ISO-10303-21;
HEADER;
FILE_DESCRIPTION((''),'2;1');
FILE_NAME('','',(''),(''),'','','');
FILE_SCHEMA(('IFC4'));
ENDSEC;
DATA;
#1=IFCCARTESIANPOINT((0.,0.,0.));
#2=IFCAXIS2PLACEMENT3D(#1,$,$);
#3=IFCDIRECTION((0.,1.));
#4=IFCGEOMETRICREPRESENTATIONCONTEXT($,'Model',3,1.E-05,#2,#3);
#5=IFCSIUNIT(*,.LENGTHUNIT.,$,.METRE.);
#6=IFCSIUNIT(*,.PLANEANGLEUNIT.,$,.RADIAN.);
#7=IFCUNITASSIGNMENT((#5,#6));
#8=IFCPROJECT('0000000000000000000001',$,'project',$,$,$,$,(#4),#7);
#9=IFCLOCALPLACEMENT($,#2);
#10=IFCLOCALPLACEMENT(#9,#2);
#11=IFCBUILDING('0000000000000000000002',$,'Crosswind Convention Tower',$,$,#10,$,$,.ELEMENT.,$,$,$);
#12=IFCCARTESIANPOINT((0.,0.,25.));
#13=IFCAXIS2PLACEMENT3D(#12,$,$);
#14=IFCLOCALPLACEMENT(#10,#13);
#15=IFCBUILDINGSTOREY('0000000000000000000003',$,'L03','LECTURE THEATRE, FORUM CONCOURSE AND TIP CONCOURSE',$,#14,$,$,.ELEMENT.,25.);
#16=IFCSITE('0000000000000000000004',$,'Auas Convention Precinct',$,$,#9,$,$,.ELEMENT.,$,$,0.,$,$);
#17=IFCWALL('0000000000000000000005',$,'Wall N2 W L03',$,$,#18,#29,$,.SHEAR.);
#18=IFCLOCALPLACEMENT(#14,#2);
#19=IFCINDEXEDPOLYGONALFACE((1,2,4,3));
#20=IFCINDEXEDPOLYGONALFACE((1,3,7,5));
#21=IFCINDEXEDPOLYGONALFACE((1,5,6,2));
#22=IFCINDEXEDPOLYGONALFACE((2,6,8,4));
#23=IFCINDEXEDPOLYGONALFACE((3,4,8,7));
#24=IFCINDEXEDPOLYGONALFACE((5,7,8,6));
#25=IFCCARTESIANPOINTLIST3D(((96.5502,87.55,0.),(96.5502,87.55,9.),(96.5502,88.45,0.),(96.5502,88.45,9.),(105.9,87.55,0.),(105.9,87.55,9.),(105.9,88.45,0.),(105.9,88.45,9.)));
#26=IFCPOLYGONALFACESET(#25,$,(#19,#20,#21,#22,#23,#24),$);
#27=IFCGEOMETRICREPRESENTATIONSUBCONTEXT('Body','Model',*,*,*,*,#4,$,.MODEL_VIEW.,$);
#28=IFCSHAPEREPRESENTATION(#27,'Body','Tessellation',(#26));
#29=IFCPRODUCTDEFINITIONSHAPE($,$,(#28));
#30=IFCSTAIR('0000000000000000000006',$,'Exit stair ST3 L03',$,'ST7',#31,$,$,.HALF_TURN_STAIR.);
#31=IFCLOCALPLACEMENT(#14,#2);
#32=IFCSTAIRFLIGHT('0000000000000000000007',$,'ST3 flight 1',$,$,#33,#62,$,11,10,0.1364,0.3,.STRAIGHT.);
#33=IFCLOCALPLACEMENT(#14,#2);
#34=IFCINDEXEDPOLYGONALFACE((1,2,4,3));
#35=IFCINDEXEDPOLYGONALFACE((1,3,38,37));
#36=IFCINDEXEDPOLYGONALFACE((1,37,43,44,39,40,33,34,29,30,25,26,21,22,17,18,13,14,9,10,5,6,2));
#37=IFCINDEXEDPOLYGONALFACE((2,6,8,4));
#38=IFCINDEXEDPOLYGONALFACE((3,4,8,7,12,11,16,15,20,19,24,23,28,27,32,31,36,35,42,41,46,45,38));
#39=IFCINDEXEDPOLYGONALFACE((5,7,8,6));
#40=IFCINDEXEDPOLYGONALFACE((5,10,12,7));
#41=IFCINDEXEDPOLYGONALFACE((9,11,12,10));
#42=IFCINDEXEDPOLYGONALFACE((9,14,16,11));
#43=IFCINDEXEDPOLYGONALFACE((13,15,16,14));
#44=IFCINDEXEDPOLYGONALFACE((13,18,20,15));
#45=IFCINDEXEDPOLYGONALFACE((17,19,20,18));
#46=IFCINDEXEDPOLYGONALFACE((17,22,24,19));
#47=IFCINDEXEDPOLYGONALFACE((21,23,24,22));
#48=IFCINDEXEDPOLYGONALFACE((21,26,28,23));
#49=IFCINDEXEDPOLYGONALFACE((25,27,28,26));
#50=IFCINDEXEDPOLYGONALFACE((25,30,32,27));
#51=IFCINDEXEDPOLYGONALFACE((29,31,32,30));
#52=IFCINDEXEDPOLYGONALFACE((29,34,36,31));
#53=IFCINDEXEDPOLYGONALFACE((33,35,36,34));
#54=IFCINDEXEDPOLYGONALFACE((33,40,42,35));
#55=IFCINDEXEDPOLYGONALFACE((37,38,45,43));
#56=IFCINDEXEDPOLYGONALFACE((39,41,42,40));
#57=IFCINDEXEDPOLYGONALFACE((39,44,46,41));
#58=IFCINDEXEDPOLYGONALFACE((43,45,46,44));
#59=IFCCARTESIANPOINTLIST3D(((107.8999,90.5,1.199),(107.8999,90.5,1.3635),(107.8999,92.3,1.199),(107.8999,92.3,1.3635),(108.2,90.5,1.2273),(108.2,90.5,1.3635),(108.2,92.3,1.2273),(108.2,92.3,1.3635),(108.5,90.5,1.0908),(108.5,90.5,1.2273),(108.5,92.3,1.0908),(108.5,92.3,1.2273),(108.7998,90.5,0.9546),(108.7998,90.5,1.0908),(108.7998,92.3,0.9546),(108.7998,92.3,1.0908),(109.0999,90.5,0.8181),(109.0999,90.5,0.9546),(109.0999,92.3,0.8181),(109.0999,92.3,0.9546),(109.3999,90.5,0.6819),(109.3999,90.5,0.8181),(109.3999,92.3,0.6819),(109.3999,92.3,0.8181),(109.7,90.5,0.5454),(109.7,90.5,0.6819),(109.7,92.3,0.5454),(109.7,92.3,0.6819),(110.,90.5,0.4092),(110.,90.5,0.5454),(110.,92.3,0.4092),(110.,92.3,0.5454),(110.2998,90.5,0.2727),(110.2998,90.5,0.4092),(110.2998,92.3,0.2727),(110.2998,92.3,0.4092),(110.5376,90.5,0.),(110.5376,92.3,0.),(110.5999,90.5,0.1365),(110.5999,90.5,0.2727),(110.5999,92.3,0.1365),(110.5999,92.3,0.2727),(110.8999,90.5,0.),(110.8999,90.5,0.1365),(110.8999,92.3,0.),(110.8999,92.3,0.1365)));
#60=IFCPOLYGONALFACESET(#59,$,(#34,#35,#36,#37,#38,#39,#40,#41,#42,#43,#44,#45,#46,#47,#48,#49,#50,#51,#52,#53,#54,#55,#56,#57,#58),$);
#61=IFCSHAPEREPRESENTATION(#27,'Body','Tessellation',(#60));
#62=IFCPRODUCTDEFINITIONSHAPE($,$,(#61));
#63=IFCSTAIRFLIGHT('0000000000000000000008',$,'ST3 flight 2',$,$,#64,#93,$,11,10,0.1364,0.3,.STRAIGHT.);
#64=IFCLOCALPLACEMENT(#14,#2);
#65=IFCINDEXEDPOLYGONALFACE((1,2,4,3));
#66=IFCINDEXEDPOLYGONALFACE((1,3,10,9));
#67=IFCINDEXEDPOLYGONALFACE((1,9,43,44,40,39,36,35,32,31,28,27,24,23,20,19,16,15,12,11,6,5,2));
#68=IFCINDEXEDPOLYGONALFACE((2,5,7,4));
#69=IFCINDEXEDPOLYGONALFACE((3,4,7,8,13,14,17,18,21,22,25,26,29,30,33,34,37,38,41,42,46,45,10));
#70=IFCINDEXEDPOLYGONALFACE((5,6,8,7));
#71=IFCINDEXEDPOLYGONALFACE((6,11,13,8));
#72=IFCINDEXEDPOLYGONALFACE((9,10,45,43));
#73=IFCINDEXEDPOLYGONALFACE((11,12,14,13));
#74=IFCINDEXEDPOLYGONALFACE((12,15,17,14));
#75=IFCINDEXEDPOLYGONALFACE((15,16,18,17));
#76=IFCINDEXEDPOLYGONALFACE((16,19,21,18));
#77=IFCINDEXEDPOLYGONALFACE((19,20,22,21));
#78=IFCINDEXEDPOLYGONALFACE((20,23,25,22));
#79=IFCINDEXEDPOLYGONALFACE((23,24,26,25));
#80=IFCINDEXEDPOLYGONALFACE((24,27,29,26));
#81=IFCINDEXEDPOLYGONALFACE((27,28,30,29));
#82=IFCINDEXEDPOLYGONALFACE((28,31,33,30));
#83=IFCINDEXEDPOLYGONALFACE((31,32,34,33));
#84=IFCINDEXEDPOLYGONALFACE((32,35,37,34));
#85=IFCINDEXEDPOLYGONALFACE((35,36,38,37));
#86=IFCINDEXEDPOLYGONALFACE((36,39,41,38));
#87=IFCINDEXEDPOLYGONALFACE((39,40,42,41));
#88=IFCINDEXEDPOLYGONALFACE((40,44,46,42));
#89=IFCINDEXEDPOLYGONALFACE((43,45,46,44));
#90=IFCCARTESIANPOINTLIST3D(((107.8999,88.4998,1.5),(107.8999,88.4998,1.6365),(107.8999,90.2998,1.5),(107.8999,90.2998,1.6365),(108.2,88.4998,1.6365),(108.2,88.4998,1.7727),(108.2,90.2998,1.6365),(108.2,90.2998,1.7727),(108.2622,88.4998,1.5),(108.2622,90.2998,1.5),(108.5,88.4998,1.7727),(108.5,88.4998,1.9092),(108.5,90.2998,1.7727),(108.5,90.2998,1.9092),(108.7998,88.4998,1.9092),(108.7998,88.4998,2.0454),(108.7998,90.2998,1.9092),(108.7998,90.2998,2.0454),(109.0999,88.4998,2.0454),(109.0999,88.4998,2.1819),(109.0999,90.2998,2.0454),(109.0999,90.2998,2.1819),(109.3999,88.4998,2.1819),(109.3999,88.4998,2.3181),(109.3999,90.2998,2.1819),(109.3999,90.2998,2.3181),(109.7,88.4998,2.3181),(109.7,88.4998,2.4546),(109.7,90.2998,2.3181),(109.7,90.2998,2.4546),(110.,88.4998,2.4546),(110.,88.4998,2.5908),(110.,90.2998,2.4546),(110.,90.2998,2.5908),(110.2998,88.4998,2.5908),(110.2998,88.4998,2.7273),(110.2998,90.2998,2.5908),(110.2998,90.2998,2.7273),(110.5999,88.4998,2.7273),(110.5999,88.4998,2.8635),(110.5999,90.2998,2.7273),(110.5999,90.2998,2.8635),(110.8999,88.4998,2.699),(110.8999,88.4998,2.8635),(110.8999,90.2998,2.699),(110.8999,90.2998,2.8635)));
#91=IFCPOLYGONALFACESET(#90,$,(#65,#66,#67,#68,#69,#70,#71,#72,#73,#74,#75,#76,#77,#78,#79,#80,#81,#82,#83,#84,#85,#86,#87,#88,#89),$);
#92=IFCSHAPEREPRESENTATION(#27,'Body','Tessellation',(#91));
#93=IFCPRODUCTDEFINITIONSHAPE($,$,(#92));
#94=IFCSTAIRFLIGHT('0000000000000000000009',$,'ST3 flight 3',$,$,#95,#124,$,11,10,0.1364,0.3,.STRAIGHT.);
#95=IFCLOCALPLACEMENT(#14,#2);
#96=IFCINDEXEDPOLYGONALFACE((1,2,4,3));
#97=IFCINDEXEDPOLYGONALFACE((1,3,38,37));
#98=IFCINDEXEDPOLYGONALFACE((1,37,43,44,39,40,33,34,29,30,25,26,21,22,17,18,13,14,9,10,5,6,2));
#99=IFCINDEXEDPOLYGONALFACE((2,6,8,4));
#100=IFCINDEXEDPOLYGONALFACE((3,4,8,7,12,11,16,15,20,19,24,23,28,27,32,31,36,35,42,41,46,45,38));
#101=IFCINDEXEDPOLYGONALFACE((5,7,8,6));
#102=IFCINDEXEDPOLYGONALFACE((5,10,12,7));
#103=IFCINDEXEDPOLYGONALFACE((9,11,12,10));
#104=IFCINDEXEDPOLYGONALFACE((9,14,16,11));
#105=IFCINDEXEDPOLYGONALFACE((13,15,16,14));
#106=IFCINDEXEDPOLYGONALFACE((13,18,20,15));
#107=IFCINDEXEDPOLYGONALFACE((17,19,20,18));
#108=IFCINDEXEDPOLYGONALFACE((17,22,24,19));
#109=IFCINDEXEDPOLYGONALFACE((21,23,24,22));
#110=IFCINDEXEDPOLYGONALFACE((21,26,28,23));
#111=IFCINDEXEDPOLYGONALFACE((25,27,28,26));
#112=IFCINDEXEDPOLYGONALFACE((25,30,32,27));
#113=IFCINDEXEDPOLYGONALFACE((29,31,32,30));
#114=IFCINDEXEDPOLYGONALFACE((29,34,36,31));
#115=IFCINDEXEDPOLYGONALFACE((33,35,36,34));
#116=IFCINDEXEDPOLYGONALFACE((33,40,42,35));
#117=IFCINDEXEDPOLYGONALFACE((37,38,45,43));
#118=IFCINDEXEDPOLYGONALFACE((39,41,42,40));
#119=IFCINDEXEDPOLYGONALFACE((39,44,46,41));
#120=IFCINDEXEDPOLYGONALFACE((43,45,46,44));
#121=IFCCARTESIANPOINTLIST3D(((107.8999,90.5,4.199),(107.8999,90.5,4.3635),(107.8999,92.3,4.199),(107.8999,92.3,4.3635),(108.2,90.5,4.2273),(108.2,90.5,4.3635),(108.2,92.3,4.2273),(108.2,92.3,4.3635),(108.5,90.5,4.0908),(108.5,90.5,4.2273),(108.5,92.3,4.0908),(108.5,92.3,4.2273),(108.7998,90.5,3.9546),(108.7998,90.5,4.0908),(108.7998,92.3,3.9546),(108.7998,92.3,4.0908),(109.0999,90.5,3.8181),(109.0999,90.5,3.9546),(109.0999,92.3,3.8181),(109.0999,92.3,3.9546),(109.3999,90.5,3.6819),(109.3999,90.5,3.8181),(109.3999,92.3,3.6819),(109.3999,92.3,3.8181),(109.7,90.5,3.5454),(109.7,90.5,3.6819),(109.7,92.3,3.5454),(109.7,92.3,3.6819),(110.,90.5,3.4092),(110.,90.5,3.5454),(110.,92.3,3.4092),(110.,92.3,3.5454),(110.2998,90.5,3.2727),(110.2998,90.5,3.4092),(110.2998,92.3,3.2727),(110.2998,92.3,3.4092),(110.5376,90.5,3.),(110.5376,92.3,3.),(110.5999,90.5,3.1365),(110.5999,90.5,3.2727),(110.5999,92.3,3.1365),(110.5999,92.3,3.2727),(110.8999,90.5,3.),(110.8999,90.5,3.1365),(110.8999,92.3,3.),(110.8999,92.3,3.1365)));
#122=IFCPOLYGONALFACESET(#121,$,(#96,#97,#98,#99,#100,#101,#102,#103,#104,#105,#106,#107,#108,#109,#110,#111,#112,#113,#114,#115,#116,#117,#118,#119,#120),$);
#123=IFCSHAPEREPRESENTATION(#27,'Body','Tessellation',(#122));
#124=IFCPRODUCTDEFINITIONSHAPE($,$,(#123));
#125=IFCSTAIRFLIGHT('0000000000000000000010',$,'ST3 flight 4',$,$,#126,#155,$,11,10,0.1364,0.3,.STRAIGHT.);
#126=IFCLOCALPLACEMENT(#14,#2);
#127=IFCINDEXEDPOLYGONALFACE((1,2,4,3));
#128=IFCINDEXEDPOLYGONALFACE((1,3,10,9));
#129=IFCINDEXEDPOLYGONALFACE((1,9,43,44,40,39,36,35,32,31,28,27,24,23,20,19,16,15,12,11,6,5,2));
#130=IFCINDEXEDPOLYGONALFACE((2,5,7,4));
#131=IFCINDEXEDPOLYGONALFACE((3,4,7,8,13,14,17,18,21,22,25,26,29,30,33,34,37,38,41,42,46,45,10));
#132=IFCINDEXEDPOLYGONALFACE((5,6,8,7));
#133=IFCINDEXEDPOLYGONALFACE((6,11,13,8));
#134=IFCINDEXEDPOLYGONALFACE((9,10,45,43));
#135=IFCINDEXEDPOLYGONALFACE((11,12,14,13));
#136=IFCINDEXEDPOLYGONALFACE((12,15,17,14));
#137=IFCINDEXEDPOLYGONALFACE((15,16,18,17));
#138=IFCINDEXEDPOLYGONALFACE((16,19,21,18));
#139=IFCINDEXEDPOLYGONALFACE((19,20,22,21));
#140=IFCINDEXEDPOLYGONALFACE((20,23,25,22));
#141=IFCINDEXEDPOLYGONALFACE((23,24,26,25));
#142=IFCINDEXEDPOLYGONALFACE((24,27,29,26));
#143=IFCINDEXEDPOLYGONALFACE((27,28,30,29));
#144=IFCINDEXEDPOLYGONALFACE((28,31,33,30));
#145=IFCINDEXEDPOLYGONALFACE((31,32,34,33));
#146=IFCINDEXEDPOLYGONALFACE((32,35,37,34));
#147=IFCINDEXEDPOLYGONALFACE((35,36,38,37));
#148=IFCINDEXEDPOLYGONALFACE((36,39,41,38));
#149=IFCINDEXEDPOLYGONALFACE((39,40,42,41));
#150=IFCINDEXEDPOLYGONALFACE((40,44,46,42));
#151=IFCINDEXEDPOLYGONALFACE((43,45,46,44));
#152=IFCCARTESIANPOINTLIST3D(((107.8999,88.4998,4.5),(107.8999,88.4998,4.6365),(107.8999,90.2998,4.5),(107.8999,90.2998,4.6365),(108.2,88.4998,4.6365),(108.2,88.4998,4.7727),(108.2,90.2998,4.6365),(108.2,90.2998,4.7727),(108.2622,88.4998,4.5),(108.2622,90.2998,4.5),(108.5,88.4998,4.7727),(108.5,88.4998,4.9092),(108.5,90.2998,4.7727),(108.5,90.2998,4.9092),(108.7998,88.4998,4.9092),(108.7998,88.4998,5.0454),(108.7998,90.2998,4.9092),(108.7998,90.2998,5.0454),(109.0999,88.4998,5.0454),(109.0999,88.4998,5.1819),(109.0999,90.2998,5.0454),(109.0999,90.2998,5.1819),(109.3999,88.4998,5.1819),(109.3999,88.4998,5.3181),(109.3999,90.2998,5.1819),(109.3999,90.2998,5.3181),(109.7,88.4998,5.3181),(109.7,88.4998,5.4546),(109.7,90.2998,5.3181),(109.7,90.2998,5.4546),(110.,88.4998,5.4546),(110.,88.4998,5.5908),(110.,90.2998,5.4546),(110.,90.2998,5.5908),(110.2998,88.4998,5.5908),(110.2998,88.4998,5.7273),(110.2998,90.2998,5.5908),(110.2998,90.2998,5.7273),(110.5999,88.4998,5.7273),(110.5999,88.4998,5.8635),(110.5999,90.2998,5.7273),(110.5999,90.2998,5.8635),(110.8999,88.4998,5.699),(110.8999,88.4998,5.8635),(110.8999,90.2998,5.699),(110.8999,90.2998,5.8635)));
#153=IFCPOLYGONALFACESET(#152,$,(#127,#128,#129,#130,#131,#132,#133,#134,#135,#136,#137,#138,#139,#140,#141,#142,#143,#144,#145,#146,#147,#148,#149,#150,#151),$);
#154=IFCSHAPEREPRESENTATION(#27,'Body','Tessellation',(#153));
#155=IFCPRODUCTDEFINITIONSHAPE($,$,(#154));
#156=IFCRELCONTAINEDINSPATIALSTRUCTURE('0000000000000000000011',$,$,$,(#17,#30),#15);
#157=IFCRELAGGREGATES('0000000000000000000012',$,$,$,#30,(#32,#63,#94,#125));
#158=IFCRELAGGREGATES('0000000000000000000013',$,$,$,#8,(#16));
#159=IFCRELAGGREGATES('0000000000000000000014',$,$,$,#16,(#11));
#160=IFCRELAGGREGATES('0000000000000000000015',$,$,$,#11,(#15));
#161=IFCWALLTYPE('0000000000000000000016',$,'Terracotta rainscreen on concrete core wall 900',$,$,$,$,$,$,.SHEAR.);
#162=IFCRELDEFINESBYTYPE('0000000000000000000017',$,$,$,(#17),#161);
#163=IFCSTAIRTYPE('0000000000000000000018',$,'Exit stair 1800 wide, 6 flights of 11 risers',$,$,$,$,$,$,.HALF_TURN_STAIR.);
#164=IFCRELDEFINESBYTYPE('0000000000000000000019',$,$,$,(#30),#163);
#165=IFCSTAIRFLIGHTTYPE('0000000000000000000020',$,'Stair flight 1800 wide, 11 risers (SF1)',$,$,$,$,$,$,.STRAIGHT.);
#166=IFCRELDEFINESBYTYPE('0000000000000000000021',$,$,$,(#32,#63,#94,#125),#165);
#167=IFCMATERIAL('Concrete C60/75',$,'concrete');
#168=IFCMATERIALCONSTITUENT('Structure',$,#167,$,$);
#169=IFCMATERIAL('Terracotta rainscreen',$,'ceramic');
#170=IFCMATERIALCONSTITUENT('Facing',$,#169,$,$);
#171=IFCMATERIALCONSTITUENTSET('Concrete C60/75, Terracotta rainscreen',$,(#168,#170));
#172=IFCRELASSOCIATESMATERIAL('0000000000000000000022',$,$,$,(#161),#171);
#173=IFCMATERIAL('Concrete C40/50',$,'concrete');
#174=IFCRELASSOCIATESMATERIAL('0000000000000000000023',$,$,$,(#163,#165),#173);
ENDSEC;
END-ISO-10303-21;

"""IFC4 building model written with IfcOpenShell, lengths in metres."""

from ifc_helpers import new_model, si_unit, direction, frame, frame_2d, origin, place, context, subcontext, project, spatial, polyline, rectangle, outline, extrude, material, constituent, constituent_set, type_object, element, aggregate, save


model = new_model("IFC4")

# Units and contexts
model_context = context("Model", 3, precision=1e-05, world=origin(), true_north=direction((0.0, 1.0)))
body_context = subcontext(model_context, "Body", "Model", "MODEL_VIEW")
ifc_project = project(units=[si_unit("LENGTHUNIT", "METRE"), si_unit("PLANEANGLEUNIT", "RADIAN")], contexts=[model_context])

# Site, building, storey
site_placement = place(None, origin())
site = spatial("IfcSite", under=ifc_project, at=site_placement, Name="Auas Convention Precinct", CompositionType="ELEMENT", RefElevation=0.0)
building_placement = place(site_placement, origin())
building = spatial("IfcBuilding", under=site, at=building_placement, Name="Crosswind Convention Tower", CompositionType="ELEMENT")
storey_placement = place(building_placement, frame((0.0, 0.0, 25.0)))
storey = spatial("IfcBuildingStorey", under=building, at=storey_placement, Name="L03", Description="LECTURE THEATRE, FORUM CONCOURSE AND TIP CONCOURSE", CompositionType="ELEMENT", Elevation=25.0)

# Wall
ifc_material_1 = material(Name="Concrete C60/75", Category="concrete")
ifc_constituent_1 = constituent(ifc_material_1, Name="Structure")
ifc_material_2 = material(Name="Terracotta rainscreen", Category="ceramic")
ifc_constituent_2 = constituent(ifc_material_2, Name="Facing")
ifc_constituent_set = constituent_set(constituents=[ifc_constituent_1, ifc_constituent_2], Name="Concrete C60/75, Terracotta rainscreen")
wall_type_1 = type_object("IfcWallType", Name="Terracotta rainscreen on concrete core wall 900", PredefinedType="SHEAR", material=ifc_constituent_set)
wall_1_placement = place(storey_placement, frame((105.8999, 88.0, 0.0), z_axis=(0.0, 0.0, 1.0), x_axis=(-1.0, 0.0, 0.0)))
element("IfcWall", 1, at=wall_1_placement, inside=storey, type_object=wall_type_1, Name="Wall N2 W L03", PredefinedType="SHEAR", context=body_context, shape_type="SweptSolid", body=[
    extrude(rectangle(XDim=9.3499, YDim=0.8999, at=frame_2d((4.6748, 0.0))), origin(), (0.0, 0.0, 1.0), 9.0),
])

# Stair, stair flights
ifc_material_3 = material(Name="Concrete C40/50", Category="concrete")
stair_type = type_object("IfcStairType", Name="Exit stair 1800 wide, 6 flights of 11 risers", PredefinedType="HALF_TURN_STAIR", material=ifc_material_3)
stair_placement = place(storey_placement, origin())
stair = element("IfcStair", 2, at=stair_placement, inside=storey, type_object=stair_type, Name="Exit stair ST3 L03", ObjectType="ST7", PredefinedType="HALF_TURN_STAIR")
stair_flight_type = type_object("IfcStairFlightType", Name="Stair flight 1800 wide, 11 risers (SF1)", PredefinedType="STRAIGHT", material=ifc_material_3)
stair_flight_1_placement = place(storey_placement, frame((110.8999, 91.3999, 0.0), z_axis=(0.0, 0.0, 1.0), x_axis=(-1.0, 0.0, 0.0)))
stair_flight_1 = element("IfcStairFlight", 3, at=stair_flight_1_placement, type_object=stair_flight_type, Name="ST3 flight 1", NumberOfRisers=11, NumberOfTreads=10, PredefinedType="STRAIGHT", RiserHeight=0.1364, TreadLength=0.3, context=body_context, shape_type="SweptSolid", body=[
    extrude(outline(polyline([(0.0, 0.0), (0.0, 0.1365), (0.3, 0.1365), (0.3, 0.2727), (0.6001, 0.2727), (0.6001, 0.4092), (0.8999, 0.4092), (0.8999, 0.5454), (1.2, 0.5454), (1.2, 0.6819), (1.5, 0.6819), (1.5, 0.8181), (1.8, 0.8181), (1.8, 0.9546), (2.1001, 0.9546), (2.1001, 1.0908), (2.3999, 1.0908), (2.3999, 1.2273), (2.7, 1.2273), (2.7, 1.3635), (3.0, 1.3635), (3.0, 1.5), (3.0, 1.199), (0.3623, 0.0), (0.0, 0.0)])), frame((0.0, 0.8999, 0.0), z_axis=(0.0, -1.0, 0.0), x_axis=(1.0, 0.0, 0.0)), (0.0, 0.0, 1.0), 1.8),
])
stair_flight_2_placement = place(storey_placement, frame((107.8999, 89.3999, 1.5), z_axis=(0.0, 0.0, 1.0), x_axis=(1.0, 0.0, 0.0)))
stair_flight_2 = element("IfcStairFlight", 4, at=stair_flight_2_placement, type_object=stair_flight_type, Name="ST3 flight 2", NumberOfRisers=11, NumberOfTreads=10, PredefinedType="STRAIGHT", RiserHeight=0.1364, TreadLength=0.3, context=body_context, shape_type="SweptSolid", body=[
    extrude(outline(polyline([(0.0, 0.0), (0.0, 0.1365), (0.3, 0.1365), (0.3, 0.2727), (0.6001, 0.2727), (0.6001, 0.4092), (0.8999, 0.4092), (0.8999, 0.5454), (1.2, 0.5454), (1.2, 0.6819), (1.5, 0.6819), (1.5, 0.8181), (1.8, 0.8181), (1.8, 0.9546), (2.1001, 0.9546), (2.1001, 1.0908), (2.3999, 1.0908), (2.3999, 1.2273), (2.7, 1.2273), (2.7, 1.3635), (3.0, 1.3635), (3.0, 1.5), (3.0, 1.199), (0.3623, 0.0), (0.0, 0.0)])), frame((0.0, 0.8999, 0.0), z_axis=(0.0, -1.0, 0.0), x_axis=(1.0, 0.0, 0.0)), (0.0, 0.0, 1.0), 1.8),
])
stair_flight_3_placement = place(storey_placement, frame((110.8999, 91.3999, 3.0), z_axis=(0.0, 0.0, 1.0), x_axis=(-1.0, 0.0, 0.0)))
stair_flight_3 = element("IfcStairFlight", 5, at=stair_flight_3_placement, type_object=stair_flight_type, Name="ST3 flight 3", NumberOfRisers=11, NumberOfTreads=10, PredefinedType="STRAIGHT", RiserHeight=0.1364, TreadLength=0.3, context=body_context, shape_type="SweptSolid", body=[
    extrude(outline(polyline([(0.0, 0.0), (0.0, 0.1365), (0.3, 0.1365), (0.3, 0.2727), (0.6001, 0.2727), (0.6001, 0.4092), (0.8999, 0.4092), (0.8999, 0.5454), (1.2, 0.5454), (1.2, 0.6819), (1.5, 0.6819), (1.5, 0.8181), (1.8, 0.8181), (1.8, 0.9546), (2.1001, 0.9546), (2.1001, 1.0908), (2.3999, 1.0908), (2.3999, 1.2273), (2.7, 1.2273), (2.7, 1.3635), (3.0, 1.3635), (3.0, 1.5), (3.0, 1.199), (0.3623, 0.0), (0.0, 0.0)])), frame((0.0, 0.8999, 0.0), z_axis=(0.0, -1.0, 0.0), x_axis=(1.0, 0.0, 0.0)), (0.0, 0.0, 1.0), 1.8),
])
stair_flight_4_placement = place(storey_placement, frame((107.8999, 89.3999, 4.5), z_axis=(0.0, 0.0, 1.0), x_axis=(1.0, 0.0, 0.0)))
stair_flight_4 = element("IfcStairFlight", 6, at=stair_flight_4_placement, type_object=stair_flight_type, Name="ST3 flight 4", NumberOfRisers=11, NumberOfTreads=10, PredefinedType="STRAIGHT", RiserHeight=0.1364, TreadLength=0.3, context=body_context, shape_type="SweptSolid", body=[
    extrude(outline(polyline([(0.0, 0.0), (0.0, 0.1365), (0.3, 0.1365), (0.3, 0.2727), (0.6001, 0.2727), (0.6001, 0.4092), (0.8999, 0.4092), (0.8999, 0.5454), (1.2, 0.5454), (1.2, 0.6819), (1.5, 0.6819), (1.5, 0.8181), (1.8, 0.8181), (1.8, 0.9546), (2.1001, 0.9546), (2.1001, 1.0908), (2.3999, 1.0908), (2.3999, 1.2273), (2.7, 1.2273), (2.7, 1.3635), (3.0, 1.3635), (3.0, 1.5), (3.0, 1.199), (0.3623, 0.0), (0.0, 0.0)])), frame((0.0, 0.8999, 0.0), z_axis=(0.0, -1.0, 0.0), x_axis=(1.0, 0.0, 0.0)), (0.0, 0.0, 1.0), 1.8),
])
aggregate(stair, [stair_flight_1, stair_flight_2, stair_flight_3, stair_flight_4])

save(model, "model.ifc")
